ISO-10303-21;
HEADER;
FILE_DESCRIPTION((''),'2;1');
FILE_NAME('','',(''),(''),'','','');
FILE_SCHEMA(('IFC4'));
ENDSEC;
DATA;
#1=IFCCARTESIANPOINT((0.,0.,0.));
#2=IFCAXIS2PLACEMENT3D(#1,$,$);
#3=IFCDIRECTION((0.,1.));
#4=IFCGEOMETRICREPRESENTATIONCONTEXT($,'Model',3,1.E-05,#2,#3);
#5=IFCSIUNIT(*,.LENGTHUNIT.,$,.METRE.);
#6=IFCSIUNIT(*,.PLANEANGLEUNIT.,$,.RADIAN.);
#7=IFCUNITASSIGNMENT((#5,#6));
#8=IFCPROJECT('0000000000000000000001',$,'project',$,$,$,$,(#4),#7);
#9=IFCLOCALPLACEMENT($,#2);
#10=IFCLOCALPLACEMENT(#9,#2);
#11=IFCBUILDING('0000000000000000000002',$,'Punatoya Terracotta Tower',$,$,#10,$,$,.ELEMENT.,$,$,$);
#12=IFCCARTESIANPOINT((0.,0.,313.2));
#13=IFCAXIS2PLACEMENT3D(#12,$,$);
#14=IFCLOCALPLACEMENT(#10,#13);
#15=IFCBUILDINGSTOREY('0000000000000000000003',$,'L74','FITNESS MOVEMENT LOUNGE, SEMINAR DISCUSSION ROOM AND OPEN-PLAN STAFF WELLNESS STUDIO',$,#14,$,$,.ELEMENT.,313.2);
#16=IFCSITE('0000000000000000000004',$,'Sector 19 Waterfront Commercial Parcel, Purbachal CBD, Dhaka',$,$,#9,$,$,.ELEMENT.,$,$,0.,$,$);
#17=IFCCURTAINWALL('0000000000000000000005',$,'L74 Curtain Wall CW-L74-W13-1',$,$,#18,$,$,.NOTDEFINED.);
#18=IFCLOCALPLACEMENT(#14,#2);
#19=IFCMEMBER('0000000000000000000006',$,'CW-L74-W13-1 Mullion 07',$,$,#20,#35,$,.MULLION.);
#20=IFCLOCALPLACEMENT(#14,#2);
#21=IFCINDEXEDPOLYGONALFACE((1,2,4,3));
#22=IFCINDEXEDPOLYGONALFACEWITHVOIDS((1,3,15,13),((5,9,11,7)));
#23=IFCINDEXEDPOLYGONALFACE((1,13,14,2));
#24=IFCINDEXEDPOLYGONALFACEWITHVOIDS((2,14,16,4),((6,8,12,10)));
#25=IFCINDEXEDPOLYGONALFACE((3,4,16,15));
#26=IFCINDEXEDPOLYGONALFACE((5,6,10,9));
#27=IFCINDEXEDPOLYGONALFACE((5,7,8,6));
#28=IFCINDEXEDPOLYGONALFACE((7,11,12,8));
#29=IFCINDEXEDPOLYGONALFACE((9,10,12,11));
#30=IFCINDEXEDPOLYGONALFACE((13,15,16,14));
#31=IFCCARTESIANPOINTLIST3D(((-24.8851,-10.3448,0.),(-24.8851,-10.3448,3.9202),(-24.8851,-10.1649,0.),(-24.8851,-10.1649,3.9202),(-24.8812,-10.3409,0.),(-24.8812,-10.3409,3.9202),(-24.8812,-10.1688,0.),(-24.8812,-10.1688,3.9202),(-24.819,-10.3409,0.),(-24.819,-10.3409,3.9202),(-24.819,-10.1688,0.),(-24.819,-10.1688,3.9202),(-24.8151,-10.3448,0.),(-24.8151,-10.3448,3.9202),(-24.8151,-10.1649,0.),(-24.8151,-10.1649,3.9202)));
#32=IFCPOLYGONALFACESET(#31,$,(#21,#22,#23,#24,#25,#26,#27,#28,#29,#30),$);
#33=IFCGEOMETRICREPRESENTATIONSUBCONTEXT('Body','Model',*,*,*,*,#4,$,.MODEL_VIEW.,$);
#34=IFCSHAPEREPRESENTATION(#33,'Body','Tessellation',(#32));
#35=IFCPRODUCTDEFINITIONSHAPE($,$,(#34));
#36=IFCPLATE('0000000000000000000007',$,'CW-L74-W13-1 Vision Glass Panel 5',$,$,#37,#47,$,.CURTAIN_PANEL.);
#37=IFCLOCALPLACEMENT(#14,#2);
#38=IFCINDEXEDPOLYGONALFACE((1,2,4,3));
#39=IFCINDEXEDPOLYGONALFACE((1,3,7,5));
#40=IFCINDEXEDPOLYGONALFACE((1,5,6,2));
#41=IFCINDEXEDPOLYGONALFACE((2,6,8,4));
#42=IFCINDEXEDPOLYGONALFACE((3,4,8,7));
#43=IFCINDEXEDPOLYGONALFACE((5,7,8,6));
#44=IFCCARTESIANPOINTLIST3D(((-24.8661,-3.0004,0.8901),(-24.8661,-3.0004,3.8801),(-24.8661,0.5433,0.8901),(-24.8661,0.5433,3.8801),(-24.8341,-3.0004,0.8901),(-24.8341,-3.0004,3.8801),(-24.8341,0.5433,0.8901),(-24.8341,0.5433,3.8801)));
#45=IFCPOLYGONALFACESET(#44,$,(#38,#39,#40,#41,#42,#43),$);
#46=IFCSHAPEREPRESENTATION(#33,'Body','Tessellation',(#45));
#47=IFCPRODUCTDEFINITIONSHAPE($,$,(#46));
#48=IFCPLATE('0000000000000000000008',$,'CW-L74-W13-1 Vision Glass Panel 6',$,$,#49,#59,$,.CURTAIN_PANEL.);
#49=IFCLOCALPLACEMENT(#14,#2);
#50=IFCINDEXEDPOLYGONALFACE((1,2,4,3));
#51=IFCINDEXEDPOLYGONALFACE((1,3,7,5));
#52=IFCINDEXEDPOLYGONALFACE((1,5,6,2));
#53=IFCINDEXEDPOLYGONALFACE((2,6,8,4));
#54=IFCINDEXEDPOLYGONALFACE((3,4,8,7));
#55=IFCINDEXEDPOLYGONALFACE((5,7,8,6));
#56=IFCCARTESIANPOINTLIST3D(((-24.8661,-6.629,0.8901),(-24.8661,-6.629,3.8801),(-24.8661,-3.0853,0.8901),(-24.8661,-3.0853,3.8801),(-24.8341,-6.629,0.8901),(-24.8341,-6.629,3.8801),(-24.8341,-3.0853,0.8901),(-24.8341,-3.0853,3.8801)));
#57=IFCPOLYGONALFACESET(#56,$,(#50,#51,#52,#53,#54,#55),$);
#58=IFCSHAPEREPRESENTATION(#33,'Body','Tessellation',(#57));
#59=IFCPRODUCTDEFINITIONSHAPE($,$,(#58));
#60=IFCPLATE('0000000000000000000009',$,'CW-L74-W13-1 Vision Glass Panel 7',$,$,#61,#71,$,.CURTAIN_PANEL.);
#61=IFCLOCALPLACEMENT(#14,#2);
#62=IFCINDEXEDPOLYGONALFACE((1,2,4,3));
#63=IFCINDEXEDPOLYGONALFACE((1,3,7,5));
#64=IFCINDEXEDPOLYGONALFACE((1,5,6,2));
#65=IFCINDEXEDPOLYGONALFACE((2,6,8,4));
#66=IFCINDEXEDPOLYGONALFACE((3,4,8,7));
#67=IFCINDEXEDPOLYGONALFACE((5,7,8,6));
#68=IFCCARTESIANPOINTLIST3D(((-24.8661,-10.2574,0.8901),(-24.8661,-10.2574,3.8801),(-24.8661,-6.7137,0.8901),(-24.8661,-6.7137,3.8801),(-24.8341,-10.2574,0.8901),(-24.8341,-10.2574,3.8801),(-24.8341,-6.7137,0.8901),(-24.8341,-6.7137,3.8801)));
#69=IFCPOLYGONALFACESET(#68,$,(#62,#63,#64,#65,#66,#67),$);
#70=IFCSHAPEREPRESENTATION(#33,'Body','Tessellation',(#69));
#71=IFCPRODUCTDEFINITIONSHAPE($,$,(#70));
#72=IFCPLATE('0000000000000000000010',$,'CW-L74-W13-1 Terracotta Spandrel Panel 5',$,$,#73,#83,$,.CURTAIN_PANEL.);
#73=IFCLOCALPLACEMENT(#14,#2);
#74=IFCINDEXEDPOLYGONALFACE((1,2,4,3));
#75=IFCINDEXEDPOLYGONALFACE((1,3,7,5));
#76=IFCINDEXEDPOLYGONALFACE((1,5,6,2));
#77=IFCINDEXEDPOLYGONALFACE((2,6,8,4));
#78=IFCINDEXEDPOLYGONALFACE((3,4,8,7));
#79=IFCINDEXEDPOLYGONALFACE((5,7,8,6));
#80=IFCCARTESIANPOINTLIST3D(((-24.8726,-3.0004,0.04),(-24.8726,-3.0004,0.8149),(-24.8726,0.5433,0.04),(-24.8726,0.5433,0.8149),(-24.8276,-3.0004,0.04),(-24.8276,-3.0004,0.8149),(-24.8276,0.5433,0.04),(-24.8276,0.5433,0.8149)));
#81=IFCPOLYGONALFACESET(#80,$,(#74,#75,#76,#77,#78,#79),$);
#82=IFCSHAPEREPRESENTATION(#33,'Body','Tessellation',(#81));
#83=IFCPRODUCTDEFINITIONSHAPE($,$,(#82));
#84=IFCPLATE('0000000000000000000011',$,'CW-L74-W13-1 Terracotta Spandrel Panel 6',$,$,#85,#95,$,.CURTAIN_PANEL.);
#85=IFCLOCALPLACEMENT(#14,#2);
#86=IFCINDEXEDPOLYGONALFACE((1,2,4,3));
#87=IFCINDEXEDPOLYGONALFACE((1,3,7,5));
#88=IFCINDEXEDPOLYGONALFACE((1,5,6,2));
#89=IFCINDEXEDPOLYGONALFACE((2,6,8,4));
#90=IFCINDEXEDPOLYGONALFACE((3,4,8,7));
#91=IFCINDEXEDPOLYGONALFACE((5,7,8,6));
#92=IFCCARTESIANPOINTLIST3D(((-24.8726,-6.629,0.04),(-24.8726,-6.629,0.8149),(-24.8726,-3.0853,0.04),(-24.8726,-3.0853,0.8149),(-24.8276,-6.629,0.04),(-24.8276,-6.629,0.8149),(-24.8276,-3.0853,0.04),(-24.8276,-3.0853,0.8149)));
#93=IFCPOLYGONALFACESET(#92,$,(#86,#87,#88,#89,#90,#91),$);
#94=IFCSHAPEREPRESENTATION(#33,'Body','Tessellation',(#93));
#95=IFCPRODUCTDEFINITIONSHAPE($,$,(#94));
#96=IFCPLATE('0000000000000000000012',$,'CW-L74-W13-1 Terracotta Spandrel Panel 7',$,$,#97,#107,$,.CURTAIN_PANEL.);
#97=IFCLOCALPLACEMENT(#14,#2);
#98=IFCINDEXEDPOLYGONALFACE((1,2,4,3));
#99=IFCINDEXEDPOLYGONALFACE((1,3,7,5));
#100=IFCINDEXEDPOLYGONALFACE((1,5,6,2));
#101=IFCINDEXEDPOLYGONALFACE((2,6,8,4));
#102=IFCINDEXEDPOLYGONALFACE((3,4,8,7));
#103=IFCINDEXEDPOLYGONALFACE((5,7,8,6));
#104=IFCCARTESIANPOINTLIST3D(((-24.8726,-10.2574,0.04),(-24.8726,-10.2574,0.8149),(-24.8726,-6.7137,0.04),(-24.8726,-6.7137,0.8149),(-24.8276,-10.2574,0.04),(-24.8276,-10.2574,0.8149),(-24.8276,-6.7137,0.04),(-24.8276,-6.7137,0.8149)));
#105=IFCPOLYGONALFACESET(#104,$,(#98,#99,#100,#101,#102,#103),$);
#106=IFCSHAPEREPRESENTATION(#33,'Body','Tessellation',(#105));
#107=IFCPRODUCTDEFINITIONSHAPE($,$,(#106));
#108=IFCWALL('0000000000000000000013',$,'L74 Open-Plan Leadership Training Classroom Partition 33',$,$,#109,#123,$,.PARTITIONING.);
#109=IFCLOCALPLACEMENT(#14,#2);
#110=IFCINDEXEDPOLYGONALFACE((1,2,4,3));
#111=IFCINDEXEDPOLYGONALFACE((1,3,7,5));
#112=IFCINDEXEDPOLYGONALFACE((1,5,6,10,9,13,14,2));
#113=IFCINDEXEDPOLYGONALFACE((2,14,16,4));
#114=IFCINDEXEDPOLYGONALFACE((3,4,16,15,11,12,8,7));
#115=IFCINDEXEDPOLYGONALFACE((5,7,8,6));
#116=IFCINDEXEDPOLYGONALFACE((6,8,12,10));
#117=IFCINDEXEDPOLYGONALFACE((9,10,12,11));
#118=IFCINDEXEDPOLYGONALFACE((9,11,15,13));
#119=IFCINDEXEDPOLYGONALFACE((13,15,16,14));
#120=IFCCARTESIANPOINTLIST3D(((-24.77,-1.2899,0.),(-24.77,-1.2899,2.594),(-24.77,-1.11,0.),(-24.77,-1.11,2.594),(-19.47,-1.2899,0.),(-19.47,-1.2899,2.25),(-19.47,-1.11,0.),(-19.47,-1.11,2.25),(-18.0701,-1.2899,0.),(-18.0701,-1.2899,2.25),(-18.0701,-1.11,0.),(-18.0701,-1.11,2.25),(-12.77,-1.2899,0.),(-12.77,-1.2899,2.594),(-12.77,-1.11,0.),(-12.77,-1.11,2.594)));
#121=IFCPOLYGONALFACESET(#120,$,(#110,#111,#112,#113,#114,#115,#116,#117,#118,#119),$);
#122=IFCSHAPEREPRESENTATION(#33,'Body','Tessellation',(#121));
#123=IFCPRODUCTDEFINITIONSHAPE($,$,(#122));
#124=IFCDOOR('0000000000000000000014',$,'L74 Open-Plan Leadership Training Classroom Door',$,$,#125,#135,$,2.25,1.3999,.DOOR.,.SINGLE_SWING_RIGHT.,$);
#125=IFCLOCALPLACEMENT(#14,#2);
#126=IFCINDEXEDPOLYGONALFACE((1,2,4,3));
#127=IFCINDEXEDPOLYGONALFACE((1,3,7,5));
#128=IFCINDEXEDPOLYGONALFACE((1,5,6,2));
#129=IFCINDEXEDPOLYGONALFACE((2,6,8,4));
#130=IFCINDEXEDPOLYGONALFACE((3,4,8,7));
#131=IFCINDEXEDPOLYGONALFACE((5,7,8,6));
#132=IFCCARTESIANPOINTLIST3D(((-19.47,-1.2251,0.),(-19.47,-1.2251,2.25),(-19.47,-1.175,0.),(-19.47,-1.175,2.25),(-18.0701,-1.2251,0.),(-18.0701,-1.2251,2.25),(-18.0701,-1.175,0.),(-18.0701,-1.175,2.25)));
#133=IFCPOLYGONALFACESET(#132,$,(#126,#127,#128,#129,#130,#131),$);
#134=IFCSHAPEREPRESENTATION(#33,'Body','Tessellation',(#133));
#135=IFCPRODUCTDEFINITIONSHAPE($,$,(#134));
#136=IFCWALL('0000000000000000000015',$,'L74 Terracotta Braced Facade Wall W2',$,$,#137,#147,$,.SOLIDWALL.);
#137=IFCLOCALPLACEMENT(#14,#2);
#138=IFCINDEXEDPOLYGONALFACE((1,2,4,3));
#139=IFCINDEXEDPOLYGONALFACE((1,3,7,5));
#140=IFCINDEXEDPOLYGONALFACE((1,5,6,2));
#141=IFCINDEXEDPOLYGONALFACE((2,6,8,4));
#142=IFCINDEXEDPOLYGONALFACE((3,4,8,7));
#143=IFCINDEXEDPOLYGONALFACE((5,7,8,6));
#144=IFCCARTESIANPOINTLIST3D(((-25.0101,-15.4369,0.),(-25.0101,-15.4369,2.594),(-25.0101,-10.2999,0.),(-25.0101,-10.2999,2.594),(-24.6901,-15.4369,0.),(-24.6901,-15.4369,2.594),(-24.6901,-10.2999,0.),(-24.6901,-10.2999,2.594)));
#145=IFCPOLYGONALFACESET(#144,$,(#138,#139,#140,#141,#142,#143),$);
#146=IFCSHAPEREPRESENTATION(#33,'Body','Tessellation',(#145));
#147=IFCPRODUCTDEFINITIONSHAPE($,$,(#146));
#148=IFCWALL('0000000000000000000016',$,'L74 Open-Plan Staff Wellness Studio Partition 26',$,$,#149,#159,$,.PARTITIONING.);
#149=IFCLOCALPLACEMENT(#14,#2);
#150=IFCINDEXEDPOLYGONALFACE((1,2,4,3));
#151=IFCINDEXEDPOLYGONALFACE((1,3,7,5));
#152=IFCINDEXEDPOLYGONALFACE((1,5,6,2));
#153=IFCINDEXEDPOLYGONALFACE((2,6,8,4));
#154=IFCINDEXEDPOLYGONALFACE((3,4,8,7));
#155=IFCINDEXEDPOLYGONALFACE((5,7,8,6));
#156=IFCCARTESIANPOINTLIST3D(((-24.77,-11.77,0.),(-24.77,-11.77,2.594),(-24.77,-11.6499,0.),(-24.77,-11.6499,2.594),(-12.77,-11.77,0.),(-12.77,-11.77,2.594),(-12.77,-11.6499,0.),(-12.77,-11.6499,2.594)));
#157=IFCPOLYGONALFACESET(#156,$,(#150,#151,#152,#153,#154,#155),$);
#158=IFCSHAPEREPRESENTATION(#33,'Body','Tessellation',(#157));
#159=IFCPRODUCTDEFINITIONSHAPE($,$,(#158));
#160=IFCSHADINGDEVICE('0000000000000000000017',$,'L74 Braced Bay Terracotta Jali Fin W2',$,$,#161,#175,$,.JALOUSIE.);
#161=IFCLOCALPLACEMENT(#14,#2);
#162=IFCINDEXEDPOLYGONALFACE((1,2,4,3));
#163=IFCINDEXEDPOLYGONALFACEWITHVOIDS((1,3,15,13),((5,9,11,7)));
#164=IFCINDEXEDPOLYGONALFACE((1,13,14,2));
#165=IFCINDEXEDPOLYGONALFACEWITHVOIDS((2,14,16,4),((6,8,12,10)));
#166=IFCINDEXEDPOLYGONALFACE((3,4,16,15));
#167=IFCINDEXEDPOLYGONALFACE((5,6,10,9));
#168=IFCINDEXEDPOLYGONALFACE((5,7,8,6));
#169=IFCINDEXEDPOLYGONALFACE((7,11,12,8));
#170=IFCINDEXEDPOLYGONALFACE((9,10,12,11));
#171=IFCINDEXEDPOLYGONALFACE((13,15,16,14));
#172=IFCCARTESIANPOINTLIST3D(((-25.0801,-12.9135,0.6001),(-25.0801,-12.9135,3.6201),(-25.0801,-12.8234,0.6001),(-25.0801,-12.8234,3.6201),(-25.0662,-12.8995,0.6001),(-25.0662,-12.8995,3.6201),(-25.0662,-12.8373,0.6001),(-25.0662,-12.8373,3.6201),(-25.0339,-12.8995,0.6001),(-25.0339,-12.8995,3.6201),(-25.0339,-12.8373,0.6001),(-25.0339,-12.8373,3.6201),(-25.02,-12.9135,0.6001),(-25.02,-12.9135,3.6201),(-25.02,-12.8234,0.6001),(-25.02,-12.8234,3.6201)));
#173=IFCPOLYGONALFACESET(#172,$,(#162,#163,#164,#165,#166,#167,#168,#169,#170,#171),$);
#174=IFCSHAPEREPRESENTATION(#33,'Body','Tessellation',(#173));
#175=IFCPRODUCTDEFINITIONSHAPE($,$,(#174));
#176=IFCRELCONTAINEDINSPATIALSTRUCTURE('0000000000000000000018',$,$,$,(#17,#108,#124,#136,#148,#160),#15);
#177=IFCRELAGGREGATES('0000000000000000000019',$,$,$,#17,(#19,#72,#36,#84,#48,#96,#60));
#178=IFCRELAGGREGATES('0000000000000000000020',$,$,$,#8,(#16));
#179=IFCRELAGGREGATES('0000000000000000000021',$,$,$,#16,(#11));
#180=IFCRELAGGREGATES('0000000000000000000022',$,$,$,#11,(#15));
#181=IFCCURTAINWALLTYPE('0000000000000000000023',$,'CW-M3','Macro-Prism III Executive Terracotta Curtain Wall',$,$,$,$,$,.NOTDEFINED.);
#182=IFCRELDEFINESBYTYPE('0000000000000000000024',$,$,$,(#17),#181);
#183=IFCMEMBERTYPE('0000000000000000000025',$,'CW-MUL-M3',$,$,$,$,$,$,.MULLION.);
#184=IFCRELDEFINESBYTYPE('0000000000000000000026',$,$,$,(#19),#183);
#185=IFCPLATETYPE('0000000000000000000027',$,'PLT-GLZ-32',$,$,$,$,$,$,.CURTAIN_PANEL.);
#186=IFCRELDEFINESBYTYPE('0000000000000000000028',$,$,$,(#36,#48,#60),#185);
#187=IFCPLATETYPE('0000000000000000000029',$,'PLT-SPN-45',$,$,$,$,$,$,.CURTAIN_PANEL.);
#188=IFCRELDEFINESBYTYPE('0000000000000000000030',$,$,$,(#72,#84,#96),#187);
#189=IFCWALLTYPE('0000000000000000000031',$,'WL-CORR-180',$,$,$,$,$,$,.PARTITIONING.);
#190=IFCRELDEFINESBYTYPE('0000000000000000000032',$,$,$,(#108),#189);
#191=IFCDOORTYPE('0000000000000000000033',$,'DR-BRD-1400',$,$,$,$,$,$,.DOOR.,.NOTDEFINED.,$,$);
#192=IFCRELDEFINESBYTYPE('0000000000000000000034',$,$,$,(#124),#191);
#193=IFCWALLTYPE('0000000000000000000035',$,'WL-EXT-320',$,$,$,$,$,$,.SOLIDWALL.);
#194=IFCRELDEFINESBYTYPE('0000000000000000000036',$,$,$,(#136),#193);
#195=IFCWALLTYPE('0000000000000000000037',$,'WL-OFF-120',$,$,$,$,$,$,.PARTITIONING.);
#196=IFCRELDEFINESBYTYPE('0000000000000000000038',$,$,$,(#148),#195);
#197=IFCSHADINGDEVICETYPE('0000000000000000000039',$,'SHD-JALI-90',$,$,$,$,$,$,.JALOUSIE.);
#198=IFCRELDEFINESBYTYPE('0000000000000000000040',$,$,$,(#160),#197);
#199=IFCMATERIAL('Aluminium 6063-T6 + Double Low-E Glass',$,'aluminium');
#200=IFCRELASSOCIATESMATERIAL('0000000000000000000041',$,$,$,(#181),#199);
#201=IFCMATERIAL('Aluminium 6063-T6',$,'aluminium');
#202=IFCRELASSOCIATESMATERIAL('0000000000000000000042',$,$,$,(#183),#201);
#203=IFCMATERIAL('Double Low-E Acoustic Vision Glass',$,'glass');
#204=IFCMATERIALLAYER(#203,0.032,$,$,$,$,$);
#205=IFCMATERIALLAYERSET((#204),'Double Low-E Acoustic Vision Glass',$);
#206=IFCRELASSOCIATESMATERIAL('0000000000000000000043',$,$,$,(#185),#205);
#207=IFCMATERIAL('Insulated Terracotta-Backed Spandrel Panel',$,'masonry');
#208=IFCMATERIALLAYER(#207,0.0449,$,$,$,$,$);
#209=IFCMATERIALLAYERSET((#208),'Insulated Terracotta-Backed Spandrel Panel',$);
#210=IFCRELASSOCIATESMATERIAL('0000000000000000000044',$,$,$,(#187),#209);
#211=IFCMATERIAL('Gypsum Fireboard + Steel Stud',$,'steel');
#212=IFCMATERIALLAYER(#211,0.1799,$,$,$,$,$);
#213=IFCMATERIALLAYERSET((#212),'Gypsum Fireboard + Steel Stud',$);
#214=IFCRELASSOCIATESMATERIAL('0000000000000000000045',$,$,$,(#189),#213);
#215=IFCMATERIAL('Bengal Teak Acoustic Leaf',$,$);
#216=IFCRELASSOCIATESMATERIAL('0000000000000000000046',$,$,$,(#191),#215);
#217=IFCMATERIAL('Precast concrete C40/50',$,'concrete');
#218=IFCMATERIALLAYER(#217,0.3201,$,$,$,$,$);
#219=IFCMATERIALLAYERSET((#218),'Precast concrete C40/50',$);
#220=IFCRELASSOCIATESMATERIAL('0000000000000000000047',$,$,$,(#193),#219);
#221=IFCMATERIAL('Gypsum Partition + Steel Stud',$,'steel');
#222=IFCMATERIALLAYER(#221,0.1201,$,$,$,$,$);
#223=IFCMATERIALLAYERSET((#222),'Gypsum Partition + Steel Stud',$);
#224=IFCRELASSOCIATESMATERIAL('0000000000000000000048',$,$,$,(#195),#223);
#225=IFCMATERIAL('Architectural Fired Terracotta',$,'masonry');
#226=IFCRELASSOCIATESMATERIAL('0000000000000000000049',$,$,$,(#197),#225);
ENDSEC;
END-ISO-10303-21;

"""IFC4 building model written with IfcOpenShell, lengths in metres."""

from ifc_helpers import new_model, si_unit, direction, frame, frame_2d, origin, origin_2d, place, context, subcontext, project, spatial, rectangle, hollow_rectangle, extrude, material, layer, layer_set, material_profile, profile_set, type_object, element, fill, aggregate, save


model = new_model("IFC4")

# Units and contexts
model_context = context("Model", 3, precision=1e-05, world=origin(), true_north=direction((0.0, 1.0)))
body_context = subcontext(model_context, "Body", "Model", "MODEL_VIEW")
ifc_project = project(units=[si_unit("LENGTHUNIT", "METRE"), si_unit("PLANEANGLEUNIT", "RADIAN")], contexts=[model_context])

# Site, building, storey
site_placement = place(None, origin())
site = spatial("IfcSite", under=ifc_project, at=site_placement, Name="Sector 19 Waterfront Commercial Parcel, Purbachal CBD, Dhaka", CompositionType="ELEMENT", RefElevation=0.0)
building_placement = place(site_placement, origin())
building = spatial("IfcBuilding", under=site, at=building_placement, Name="Punatoya Terracotta Tower", CompositionType="ELEMENT")
storey_placement = place(building_placement, frame((0.0, 0.0, 313.2)))
storey = spatial("IfcBuildingStorey", under=building, at=storey_placement, Name="L74", Description="FITNESS MOVEMENT LOUNGE, SEMINAR DISCUSSION ROOM AND OPEN-PLAN STAFF WELLNESS STUDIO", CompositionType="ELEMENT", Elevation=313.2)

# Curtain wall, member, plates
ifc_material_1 = material(Name="Aluminium 6063-T6 + Double Low-E Glass", Category="aluminium")
curtain_wall_type = type_object("IfcCurtainWallType", Name="CW-M3", Description="Macro-Prism III Executive Terracotta Curtain Wall", PredefinedType="NOTDEFINED", material=ifc_material_1)
curtain_wall_placement = place(storey_placement, origin())
curtain_wall = element("IfcCurtainWall", 1, at=curtain_wall_placement, inside=storey, type_object=curtain_wall_type, Name="L74 Curtain Wall CW-L74-W13-1", PredefinedType="NOTDEFINED")
ifc_material_2 = material(Name="Aluminium 6063-T6", Category="aluminium")
ifc_material_profile_1 = material_profile(ifc_material_2, hollow_rectangle(XDim=0.0701, YDim=0.1799, WallThickness=0.0039, at=origin_2d()))
ifc_profile_set_1 = profile_set([ifc_material_profile_1], Name="Aluminium 6063-T6")
member_type = type_object("IfcMemberType", Name="CW-MUL-M3", PredefinedType="MULLION", material=ifc_profile_set_1)
member_1_placement = place(storey_placement, frame((-24.8501, -10.2549, 0.0), z_axis=(0.0, 0.0, 1.0), x_axis=(1.0, 0.0, 0.0)))
member_1 = element("IfcMember", 2, at=member_1_placement, type_object=member_type, Name="CW-L74-W13-1 Mullion 07", PredefinedType="MULLION", context=body_context, shape_type="SweptSolid", body=[
    extrude(hollow_rectangle(XDim=0.0701, YDim=0.1799, WallThickness=0.0039, at=origin_2d()), origin(), (0.0, 0.0, 1.0), 3.9202),
])
ifc_material_3 = material(Name="Double Low-E Acoustic Vision Glass", Category="glass")
ifc_layer_1 = layer(ifc_material_3, 0.032)
ifc_layer_set_1 = layer_set([ifc_layer_1], Name="Double Low-E Acoustic Vision Glass")
plate_type_1 = type_object("IfcPlateType", Name="PLT-GLZ-32", PredefinedType="CURTAIN_PANEL", material=ifc_layer_set_1)
plate_1_placement = place(storey_placement, frame((-24.8501, -1.2285, 0.8901), z_axis=(0.0, 0.0, 1.0), x_axis=(0.0, -1.0, 0.0)))
plate_1 = element("IfcPlate", 3, at=plate_1_placement, type_object=plate_type_1, Name="CW-L74-W13-1 Vision Glass Panel 5", PredefinedType="CURTAIN_PANEL", context=body_context, shape_type="SweptSolid", body=[
    extrude(rectangle(XDim=3.5437, YDim=0.032, at=origin_2d()), origin(), (0.0, 0.0, 1.0), 2.99),
])
plate_2_placement = place(storey_placement, frame((-24.8501, -4.8572, 0.8901), z_axis=(0.0, 0.0, 1.0), x_axis=(0.0, -1.0, 0.0)))
plate_2 = element("IfcPlate", 4, at=plate_2_placement, type_object=plate_type_1, Name="CW-L74-W13-1 Vision Glass Panel 6", PredefinedType="CURTAIN_PANEL", context=body_context, shape_type="SweptSolid", body=[
    extrude(rectangle(XDim=3.5437, YDim=0.032, at=origin_2d()), origin(), (0.0, 0.0, 1.0), 2.99),
])
plate_3_placement = place(storey_placement, frame((-24.8501, -8.4856, 0.8901), z_axis=(0.0, 0.0, 1.0), x_axis=(0.0, -1.0, 0.0)))
plate_3 = element("IfcPlate", 5, at=plate_3_placement, type_object=plate_type_1, Name="CW-L74-W13-1 Vision Glass Panel 7", PredefinedType="CURTAIN_PANEL", context=body_context, shape_type="SweptSolid", body=[
    extrude(rectangle(XDim=3.5437, YDim=0.032, at=origin_2d()), origin(), (0.0, 0.0, 1.0), 2.99),
])
ifc_material_4 = material(Name="Insulated Terracotta-Backed Spandrel Panel", Category="masonry")
ifc_layer_2 = layer(ifc_material_4, 0.0449)
ifc_layer_set_2 = layer_set([ifc_layer_2], Name="Insulated Terracotta-Backed Spandrel Panel")
plate_type_2 = type_object("IfcPlateType", Name="PLT-SPN-45", PredefinedType="CURTAIN_PANEL", material=ifc_layer_set_2)
plate_4_placement = place(storey_placement, frame((-24.8501, -1.2285, 0.04), z_axis=(0.0, 0.0, 1.0), x_axis=(0.0, -1.0, 0.0)))
plate_4 = element("IfcPlate", 6, at=plate_4_placement, type_object=plate_type_2, Name="CW-L74-W13-1 Terracotta Spandrel Panel 5", PredefinedType="CURTAIN_PANEL", context=body_context, shape_type="SweptSolid", body=[
    extrude(rectangle(XDim=3.5437, YDim=0.0449, at=origin_2d()), origin(), (0.0, 0.0, 1.0), 0.7749),
])
plate_5_placement = place(storey_placement, frame((-24.8501, -4.8572, 0.04), z_axis=(0.0, 0.0, 1.0), x_axis=(0.0, -1.0, 0.0)))
plate_5 = element("IfcPlate", 7, at=plate_5_placement, type_object=plate_type_2, Name="CW-L74-W13-1 Terracotta Spandrel Panel 6", PredefinedType="CURTAIN_PANEL", context=body_context, shape_type="SweptSolid", body=[
    extrude(rectangle(XDim=3.5437, YDim=0.0449, at=origin_2d()), origin(), (0.0, 0.0, 1.0), 0.7749),
])
plate_6_placement = place(storey_placement, frame((-24.8501, -8.4856, 0.04), z_axis=(0.0, 0.0, 1.0), x_axis=(0.0, -1.0, 0.0)))
plate_6 = element("IfcPlate", 8, at=plate_6_placement, type_object=plate_type_2, Name="CW-L74-W13-1 Terracotta Spandrel Panel 7", PredefinedType="CURTAIN_PANEL", context=body_context, shape_type="SweptSolid", body=[
    extrude(rectangle(XDim=3.5437, YDim=0.0449, at=origin_2d()), origin(), (0.0, 0.0, 1.0), 0.7749),
])
aggregate(curtain_wall, [member_1, plate_4, plate_1, plate_5, plate_2, plate_6, plate_3])

# Wall, opening, door
ifc_material_5 = material(Name="Gypsum Fireboard + Steel Stud", Category="steel")
ifc_layer_3 = layer(ifc_material_5, 0.1799)
ifc_layer_set_3 = layer_set([ifc_layer_3], Name="Gypsum Fireboard + Steel Stud")
wall_type_1 = type_object("IfcWallType", Name="WL-CORR-180", PredefinedType="PARTITIONING", material=ifc_layer_set_3)
wall_1_placement = place(storey_placement, frame((-24.77, -1.2, 0.0), z_axis=(0.0, 0.0, 1.0), x_axis=(1.0, 0.0, 0.0)))
wall_1 = element("IfcWall", 9, at=wall_1_placement, inside=storey, type_object=wall_type_1, Name="L74 Open-Plan Leadership Training Classroom Partition 33", PredefinedType="PARTITIONING", context=body_context, shape_type="SweptSolid", body=[
    extrude(rectangle(XDim=12.0, YDim=0.1799, at=frame_2d((6.0, 0.0))), origin(), (0.0, 0.0, 1.0), 2.594),
])
opening_placement = place(wall_1_placement, frame((5.3, 0.0, 0.0)))
opening = element("IfcOpeningElement", 10, at=opening_placement, cuts=wall_1, PredefinedType="OPENING", context=body_context, shape_type="SweptSolid", body=[
    extrude(rectangle(XDim=1.3999, YDim=2.25, at=frame_2d((0.7, 1.125))), frame((0.0, 0.0999, 0.0), z_axis=(0.0, -1.0, 0.0), x_axis=(1.0, 0.0, 0.0)), (0.0, 0.0, 1.0), 0.2),
])
ifc_material_6 = material(Name="Bengal Teak Acoustic Leaf")
door_type = type_object("IfcDoorType", Name="DR-BRD-1400", OperationType="NOTDEFINED", PredefinedType="DOOR", material=ifc_material_6)
door_placement = place(opening_placement, origin())
door = element("IfcDoor", 11, at=door_placement, inside=storey, type_object=door_type, Name="L74 Open-Plan Leadership Training Classroom Door", OperationType="SINGLE_SWING_RIGHT", OverallHeight=2.25, OverallWidth=1.3999, PredefinedType="DOOR", context=body_context, shape_type="SweptSolid", body=[
    extrude(rectangle(XDim=1.3999, YDim=2.25, at=frame_2d((0.7, 1.125))), frame((0.0, 0.0249, 0.0), z_axis=(0.0, -1.0, 0.0), x_axis=(1.0, 0.0, 0.0)), (0.0, 0.0, 1.0), 0.05),
])
fill(opening, door)

# Walls
ifc_material_7 = material(Name="Precast concrete C40/50", Category="concrete")
ifc_layer_4 = layer(ifc_material_7, 0.3201)
ifc_layer_set_4 = layer_set([ifc_layer_4], Name="Precast concrete C40/50")
wall_type_2 = type_object("IfcWallType", Name="WL-EXT-320", PredefinedType="SOLIDWALL", material=ifc_layer_set_4)
wall_2_placement = place(storey_placement, frame((-24.8501, -10.3, 0.0), z_axis=(0.0, 0.0, 1.0), x_axis=(0.0, -1.0, 0.0)))
element("IfcWall", 12, at=wall_2_placement, inside=storey, type_object=wall_type_2, Name="L74 Terracotta Braced Facade Wall W2", PredefinedType="SOLIDWALL", context=body_context, shape_type="SweptSolid", body=[
    extrude(rectangle(XDim=5.137, YDim=0.3201, at=frame_2d((2.5684, 0.0))), origin(), (0.0, 0.0, 1.0), 2.594),
])
ifc_material_8 = material(Name="Gypsum Partition + Steel Stud", Category="steel")
ifc_layer_5 = layer(ifc_material_8, 0.1201)
ifc_layer_set_5 = layer_set([ifc_layer_5], Name="Gypsum Partition + Steel Stud")
wall_type_3 = type_object("IfcWallType", Name="WL-OFF-120", PredefinedType="PARTITIONING", material=ifc_layer_set_5)
wall_3_placement = place(storey_placement, frame((-24.77, -11.71, 0.0), z_axis=(0.0, 0.0, 1.0), x_axis=(1.0, 0.0, 0.0)))
element("IfcWall", 13, at=wall_3_placement, inside=storey, type_object=wall_type_3, Name="L74 Open-Plan Staff Wellness Studio Partition 26", PredefinedType="PARTITIONING", context=body_context, shape_type="SweptSolid", body=[
    extrude(rectangle(XDim=12.0, YDim=0.1201, at=frame_2d((6.0, 0.0))), origin(), (0.0, 0.0, 1.0), 2.594),
])

# Shading device
ifc_material_9 = material(Name="Architectural Fired Terracotta", Category="masonry")
ifc_material_profile_2 = material_profile(ifc_material_9, hollow_rectangle(XDim=0.0601, YDim=0.0901, WallThickness=0.0139, at=origin_2d()))
ifc_profile_set_2 = profile_set([ifc_material_profile_2], Name="Architectural Fired Terracotta")
shading_device_type = type_object("IfcShadingDeviceType", Name="SHD-JALI-90", PredefinedType="JALOUSIE", material=ifc_profile_set_2)
shading_device_placement = place(storey_placement, frame((-25.05, -12.8684, 0.6001), z_axis=(0.0, 0.0, 1.0), x_axis=(1.0, 0.0, 0.0)))
element("IfcShadingDevice", 14, at=shading_device_placement, inside=storey, type_object=shading_device_type, Name="L74 Braced Bay Terracotta Jali Fin W2", PredefinedType="JALOUSIE", context=body_context, shape_type="SweptSolid", body=[
    extrude(hollow_rectangle(XDim=0.0601, YDim=0.0901, WallThickness=0.0139, at=origin_2d()), origin(), (0.0, 0.0, 1.0), 3.02),
])

save(model, "model.ifc")
